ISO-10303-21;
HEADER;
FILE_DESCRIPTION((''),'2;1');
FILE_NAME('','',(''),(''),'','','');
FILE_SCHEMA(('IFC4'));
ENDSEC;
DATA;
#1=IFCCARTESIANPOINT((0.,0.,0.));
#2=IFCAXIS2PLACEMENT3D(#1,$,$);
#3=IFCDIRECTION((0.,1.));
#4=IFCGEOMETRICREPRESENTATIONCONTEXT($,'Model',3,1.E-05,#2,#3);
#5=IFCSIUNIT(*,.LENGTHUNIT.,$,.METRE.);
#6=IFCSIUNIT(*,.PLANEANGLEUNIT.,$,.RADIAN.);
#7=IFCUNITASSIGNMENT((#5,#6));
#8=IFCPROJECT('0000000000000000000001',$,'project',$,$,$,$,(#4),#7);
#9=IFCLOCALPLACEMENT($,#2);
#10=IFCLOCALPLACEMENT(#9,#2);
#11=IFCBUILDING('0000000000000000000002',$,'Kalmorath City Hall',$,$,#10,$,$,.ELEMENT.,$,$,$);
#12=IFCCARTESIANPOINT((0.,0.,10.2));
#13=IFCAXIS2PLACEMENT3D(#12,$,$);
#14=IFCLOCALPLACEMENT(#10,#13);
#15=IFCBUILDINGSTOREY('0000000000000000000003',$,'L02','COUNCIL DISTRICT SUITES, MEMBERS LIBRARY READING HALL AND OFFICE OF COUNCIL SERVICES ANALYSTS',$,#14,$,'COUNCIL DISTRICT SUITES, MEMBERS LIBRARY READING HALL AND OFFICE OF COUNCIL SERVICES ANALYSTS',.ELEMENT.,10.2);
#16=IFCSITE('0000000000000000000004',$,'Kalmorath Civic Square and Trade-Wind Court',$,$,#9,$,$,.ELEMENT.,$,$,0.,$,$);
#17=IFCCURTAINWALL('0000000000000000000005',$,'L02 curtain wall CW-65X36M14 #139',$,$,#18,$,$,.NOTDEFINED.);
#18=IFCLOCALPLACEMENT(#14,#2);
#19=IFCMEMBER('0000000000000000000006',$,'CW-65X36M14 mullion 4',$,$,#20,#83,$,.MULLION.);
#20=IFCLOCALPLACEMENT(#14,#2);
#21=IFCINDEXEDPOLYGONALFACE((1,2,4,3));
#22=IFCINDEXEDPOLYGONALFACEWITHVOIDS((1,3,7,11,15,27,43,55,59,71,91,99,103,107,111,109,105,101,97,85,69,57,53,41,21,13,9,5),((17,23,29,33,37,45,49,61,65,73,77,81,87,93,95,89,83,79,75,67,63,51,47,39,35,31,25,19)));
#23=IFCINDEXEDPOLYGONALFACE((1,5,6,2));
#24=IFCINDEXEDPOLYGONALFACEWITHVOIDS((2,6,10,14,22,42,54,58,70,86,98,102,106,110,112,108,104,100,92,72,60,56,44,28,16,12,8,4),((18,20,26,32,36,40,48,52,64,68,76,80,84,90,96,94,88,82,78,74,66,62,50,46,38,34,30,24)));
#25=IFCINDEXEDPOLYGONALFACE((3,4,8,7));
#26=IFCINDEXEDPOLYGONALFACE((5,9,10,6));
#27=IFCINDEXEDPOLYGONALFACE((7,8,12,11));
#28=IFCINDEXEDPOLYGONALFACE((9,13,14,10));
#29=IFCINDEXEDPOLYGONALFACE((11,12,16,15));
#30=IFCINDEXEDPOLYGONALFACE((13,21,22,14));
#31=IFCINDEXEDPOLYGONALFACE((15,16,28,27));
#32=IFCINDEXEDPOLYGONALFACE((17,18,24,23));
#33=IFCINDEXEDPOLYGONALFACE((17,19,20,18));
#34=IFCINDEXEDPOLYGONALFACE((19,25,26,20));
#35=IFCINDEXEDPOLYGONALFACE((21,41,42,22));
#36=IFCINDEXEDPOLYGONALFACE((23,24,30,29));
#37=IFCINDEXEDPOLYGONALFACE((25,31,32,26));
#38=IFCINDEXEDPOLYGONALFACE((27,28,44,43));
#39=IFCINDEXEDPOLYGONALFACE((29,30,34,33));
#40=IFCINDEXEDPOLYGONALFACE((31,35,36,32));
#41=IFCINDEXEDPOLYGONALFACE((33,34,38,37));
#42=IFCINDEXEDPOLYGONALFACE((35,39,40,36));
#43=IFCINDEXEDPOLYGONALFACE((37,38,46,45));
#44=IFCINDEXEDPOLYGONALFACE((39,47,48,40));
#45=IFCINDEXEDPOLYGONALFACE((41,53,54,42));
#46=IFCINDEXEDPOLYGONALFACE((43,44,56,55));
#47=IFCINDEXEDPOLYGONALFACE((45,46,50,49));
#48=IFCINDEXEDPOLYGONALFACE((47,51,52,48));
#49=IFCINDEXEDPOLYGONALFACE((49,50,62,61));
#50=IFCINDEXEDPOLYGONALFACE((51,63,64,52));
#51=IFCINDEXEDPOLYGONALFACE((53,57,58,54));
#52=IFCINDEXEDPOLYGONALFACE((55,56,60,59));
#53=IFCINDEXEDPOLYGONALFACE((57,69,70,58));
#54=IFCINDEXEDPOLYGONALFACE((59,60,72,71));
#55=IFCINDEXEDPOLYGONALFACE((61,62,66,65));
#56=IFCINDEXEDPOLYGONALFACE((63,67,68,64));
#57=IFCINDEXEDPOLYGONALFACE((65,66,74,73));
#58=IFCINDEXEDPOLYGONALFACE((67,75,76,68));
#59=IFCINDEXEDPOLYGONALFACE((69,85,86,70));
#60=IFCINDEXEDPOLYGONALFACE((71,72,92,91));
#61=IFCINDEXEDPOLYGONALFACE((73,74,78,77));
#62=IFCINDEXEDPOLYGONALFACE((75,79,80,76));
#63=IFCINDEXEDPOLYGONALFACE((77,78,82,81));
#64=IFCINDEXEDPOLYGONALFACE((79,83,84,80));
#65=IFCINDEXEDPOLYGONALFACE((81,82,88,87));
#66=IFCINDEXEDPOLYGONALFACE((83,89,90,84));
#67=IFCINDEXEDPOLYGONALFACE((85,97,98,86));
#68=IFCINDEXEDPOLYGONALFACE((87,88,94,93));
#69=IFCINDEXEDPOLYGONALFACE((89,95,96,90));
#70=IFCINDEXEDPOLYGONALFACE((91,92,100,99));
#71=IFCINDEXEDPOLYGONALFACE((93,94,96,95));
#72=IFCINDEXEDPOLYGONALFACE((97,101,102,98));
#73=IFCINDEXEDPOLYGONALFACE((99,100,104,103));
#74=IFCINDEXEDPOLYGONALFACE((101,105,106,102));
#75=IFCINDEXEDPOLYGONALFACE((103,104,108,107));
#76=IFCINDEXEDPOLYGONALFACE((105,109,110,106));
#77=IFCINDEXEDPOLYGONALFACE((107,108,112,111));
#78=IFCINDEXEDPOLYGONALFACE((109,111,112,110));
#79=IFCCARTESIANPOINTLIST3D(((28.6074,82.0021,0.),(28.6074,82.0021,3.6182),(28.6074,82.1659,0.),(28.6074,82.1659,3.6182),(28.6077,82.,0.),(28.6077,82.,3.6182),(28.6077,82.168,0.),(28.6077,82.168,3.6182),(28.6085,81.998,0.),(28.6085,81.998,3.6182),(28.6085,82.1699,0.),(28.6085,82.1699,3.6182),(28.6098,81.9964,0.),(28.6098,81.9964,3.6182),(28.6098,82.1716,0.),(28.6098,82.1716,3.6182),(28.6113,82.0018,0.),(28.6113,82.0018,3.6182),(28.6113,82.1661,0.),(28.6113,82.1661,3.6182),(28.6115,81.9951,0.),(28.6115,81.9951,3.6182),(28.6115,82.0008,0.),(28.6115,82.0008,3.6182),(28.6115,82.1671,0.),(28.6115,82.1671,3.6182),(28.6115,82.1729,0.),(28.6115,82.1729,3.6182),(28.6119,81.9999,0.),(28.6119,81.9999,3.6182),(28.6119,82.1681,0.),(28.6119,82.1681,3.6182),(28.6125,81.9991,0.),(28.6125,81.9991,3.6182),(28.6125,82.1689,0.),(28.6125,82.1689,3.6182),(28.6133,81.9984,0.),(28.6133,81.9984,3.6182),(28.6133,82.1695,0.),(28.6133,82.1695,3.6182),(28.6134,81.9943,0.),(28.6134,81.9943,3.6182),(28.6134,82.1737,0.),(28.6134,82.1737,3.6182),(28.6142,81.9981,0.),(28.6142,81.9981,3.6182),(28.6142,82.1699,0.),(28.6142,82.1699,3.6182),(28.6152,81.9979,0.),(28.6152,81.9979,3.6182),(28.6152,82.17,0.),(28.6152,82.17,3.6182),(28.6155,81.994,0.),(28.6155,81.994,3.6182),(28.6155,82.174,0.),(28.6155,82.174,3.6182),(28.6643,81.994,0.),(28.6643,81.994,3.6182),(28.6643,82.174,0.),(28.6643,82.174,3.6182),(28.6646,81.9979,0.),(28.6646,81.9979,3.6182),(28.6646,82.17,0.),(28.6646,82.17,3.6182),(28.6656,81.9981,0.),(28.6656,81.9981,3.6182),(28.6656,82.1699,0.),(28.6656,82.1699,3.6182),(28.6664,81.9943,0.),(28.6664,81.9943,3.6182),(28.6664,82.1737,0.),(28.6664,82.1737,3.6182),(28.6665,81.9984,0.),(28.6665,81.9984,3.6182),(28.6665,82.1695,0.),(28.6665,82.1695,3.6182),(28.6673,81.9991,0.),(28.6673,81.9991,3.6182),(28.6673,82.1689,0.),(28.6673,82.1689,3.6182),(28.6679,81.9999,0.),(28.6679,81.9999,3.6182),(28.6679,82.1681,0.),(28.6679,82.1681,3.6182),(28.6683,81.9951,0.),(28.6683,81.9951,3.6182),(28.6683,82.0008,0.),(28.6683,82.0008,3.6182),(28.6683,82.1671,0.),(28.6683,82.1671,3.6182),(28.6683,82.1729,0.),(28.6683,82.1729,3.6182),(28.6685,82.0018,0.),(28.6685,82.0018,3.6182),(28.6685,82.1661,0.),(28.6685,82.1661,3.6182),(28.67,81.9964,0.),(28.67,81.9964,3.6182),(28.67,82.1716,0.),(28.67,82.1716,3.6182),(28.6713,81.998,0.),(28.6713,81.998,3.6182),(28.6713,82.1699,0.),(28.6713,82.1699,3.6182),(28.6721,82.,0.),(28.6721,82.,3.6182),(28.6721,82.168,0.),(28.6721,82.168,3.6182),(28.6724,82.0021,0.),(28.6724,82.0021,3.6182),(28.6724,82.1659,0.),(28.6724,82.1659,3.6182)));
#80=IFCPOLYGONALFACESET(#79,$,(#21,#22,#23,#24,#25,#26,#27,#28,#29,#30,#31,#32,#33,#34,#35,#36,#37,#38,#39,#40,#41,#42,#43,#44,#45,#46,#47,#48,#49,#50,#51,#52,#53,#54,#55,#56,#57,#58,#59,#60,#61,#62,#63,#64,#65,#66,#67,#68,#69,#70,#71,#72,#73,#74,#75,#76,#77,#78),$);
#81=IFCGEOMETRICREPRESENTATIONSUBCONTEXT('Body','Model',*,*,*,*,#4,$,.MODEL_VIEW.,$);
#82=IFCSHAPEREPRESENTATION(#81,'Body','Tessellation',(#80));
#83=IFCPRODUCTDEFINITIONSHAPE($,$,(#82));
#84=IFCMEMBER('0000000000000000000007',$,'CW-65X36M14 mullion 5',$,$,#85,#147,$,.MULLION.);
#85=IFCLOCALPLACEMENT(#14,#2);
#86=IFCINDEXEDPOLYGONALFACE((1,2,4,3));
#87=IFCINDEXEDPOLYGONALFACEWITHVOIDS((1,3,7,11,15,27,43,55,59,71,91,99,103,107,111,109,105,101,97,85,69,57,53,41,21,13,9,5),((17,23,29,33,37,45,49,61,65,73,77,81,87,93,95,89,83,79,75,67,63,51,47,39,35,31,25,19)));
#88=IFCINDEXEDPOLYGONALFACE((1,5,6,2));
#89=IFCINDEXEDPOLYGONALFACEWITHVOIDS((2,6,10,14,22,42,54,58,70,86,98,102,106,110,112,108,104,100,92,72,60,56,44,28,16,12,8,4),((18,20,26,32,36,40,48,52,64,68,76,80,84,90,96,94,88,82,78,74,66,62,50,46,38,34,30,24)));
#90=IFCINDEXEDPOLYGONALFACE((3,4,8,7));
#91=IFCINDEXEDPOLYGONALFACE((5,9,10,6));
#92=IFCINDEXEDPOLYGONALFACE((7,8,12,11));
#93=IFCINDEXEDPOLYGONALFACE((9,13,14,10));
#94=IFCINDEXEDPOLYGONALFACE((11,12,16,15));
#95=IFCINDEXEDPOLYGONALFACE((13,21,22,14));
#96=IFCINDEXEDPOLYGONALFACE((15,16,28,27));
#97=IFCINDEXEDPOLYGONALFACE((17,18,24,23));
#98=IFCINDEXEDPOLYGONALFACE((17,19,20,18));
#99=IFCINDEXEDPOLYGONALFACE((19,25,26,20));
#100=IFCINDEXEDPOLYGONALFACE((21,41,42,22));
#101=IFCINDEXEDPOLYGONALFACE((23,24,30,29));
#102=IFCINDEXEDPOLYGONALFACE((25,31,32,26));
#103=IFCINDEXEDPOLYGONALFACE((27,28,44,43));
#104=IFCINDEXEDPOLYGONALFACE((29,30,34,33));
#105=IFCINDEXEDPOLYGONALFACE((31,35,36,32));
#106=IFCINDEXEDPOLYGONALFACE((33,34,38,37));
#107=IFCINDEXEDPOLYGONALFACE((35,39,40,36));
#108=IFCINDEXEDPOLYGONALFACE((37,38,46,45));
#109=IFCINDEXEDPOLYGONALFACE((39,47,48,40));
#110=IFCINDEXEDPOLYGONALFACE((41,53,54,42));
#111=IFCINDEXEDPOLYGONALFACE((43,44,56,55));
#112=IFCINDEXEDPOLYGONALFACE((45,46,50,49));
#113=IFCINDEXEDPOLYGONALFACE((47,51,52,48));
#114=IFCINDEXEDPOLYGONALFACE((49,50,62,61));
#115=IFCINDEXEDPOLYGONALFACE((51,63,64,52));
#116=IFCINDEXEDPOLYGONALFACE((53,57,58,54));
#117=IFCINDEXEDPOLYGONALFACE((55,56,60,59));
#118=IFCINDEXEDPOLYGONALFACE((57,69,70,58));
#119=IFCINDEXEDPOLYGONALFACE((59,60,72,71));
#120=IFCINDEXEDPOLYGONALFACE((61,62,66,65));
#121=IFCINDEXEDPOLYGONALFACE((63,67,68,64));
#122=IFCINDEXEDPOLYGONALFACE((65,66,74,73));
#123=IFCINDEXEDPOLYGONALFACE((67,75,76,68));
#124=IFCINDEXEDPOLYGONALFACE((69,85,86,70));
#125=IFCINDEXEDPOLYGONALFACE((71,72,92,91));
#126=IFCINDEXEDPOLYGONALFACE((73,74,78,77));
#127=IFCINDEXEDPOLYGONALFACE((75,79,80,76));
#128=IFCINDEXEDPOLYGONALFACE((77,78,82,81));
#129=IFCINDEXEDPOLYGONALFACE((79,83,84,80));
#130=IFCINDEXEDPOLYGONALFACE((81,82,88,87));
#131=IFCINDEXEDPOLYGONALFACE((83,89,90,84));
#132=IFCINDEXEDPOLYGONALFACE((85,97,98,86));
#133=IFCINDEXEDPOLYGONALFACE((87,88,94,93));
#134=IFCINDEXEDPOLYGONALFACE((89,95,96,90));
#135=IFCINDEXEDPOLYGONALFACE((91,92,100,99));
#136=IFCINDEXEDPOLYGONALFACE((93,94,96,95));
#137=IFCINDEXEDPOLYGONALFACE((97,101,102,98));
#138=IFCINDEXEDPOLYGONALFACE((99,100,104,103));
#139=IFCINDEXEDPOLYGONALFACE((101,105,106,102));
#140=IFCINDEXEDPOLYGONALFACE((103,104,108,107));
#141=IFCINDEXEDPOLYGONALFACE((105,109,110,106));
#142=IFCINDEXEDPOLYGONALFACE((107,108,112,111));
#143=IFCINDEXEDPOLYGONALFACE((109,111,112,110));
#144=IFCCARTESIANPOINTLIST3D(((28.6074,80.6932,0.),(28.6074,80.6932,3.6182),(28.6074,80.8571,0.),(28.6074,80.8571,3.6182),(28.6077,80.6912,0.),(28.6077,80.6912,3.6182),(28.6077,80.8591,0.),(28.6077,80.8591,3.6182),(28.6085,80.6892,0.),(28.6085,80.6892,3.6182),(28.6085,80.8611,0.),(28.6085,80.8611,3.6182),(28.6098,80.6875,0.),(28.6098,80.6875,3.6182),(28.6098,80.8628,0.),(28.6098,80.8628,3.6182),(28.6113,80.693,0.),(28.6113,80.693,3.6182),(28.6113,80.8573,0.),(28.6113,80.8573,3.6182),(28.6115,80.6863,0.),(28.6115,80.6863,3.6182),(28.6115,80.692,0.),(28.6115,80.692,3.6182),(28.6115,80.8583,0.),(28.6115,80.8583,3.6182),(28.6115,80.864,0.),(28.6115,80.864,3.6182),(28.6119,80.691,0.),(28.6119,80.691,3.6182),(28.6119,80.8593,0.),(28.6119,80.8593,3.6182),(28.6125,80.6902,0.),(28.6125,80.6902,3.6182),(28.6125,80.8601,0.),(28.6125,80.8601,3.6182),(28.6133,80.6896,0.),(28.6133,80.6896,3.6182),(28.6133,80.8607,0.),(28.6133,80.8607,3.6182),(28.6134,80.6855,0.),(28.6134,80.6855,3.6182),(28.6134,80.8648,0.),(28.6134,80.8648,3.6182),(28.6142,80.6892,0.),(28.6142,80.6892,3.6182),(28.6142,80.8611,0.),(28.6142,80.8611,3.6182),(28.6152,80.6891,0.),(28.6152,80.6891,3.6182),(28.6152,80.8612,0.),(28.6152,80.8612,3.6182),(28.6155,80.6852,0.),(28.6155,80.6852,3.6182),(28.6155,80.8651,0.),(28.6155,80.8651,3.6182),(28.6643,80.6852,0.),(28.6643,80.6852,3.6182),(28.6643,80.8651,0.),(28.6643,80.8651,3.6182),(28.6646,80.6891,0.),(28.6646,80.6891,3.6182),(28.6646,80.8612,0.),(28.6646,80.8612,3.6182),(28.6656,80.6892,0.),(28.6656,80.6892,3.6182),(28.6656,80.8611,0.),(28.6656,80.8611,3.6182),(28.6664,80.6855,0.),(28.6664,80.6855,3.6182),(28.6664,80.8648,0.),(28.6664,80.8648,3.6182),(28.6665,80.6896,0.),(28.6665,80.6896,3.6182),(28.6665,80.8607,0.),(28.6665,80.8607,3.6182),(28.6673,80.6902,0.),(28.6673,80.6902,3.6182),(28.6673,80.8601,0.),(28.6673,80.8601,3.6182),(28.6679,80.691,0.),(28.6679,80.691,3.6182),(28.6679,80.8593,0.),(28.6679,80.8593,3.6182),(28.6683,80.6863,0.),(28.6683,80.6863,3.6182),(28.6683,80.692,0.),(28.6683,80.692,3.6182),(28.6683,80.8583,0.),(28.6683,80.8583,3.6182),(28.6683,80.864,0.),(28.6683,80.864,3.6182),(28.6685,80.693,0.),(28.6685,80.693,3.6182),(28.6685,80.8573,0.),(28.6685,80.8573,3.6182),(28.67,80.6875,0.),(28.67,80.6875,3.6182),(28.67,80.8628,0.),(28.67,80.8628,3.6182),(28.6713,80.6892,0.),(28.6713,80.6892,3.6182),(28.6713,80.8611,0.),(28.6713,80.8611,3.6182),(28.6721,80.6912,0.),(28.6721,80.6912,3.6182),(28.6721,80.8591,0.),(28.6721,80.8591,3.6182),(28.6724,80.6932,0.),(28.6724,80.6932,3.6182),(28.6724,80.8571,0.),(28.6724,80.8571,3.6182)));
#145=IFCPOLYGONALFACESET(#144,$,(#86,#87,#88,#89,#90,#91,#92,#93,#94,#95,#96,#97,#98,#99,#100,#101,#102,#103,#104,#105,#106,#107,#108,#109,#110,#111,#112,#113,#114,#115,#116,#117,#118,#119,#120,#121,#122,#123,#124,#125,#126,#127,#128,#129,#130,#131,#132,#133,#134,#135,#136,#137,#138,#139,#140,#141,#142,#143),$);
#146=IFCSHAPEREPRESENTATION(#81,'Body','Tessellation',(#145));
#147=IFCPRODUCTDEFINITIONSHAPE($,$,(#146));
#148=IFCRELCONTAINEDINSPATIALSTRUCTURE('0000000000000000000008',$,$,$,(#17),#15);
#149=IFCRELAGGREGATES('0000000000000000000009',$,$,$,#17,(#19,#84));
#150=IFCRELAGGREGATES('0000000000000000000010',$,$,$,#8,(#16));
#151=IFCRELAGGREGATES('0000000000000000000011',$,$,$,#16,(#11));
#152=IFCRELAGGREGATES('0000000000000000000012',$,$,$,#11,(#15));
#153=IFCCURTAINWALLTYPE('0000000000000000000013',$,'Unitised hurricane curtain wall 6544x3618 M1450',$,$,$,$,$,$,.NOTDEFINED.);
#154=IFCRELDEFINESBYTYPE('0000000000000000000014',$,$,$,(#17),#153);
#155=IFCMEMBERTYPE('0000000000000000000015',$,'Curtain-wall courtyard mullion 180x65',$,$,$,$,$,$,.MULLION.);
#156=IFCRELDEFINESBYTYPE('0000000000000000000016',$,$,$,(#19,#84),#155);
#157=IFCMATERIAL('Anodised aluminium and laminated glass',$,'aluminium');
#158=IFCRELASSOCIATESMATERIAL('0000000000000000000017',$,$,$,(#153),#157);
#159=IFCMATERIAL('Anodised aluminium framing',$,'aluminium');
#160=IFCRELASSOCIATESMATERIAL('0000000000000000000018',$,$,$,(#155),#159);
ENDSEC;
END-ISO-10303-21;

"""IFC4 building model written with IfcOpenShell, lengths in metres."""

from ifc_helpers import new_model, si_unit, direction, frame, origin, origin_2d, place, context, subcontext, project, spatial, hollow_rectangle, extrude, material, material_profile, profile_set, type_object, element, aggregate, save


model = new_model("IFC4")

# Units and contexts
model_context = context("Model", 3, precision=1e-05, world=origin(), true_north=direction((0.0, 1.0)))
body_context = subcontext(model_context, "Body", "Model", "MODEL_VIEW")
ifc_project = project(units=[si_unit("LENGTHUNIT", "METRE"), si_unit("PLANEANGLEUNIT", "RADIAN")], contexts=[model_context])

# Site, building, storey
site_placement = place(None, origin())
site = spatial("IfcSite", under=ifc_project, at=site_placement, Name="Kalmorath Civic Square and Trade-Wind Court", CompositionType="ELEMENT", RefElevation=0.0)
building_placement = place(site_placement, origin())
building = spatial("IfcBuilding", under=site, at=building_placement, Name="Kalmorath City Hall", CompositionType="ELEMENT")
storey_placement = place(building_placement, frame((0.0, 0.0, 10.2)))
storey = spatial("IfcBuildingStorey", under=building, at=storey_placement, Name="L02", Description="COUNCIL DISTRICT SUITES, MEMBERS LIBRARY READING HALL AND OFFICE OF COUNCIL SERVICES ANALYSTS", LongName="COUNCIL DISTRICT SUITES, MEMBERS LIBRARY READING HALL AND OFFICE OF COUNCIL SERVICES ANALYSTS", CompositionType="ELEMENT", Elevation=10.2)

# Curtain wall, members
ifc_material_1 = material(Name="Anodised aluminium and laminated glass", Category="aluminium")
curtain_wall_type = type_object("IfcCurtainWallType", Name="Unitised hurricane curtain wall 6544x3618 M1450", PredefinedType="NOTDEFINED", material=ifc_material_1)
curtain_wall_placement = place(storey_placement, origin())
curtain_wall = element("IfcCurtainWall", 1, at=curtain_wall_placement, inside=storey, type_object=curtain_wall_type, Name="L02 curtain wall CW-65X36M14 #139", PredefinedType="NOTDEFINED")
ifc_material_2 = material(Name="Anodised aluminium framing", Category="aluminium")
ifc_material_profile_1 = material_profile(ifc_material_2, hollow_rectangle(XDim=0.0649, YDim=0.1799, WallThickness=0.0039, InnerFilletRadius=0.0039, OuterFilletRadius=0.0081, at=origin_2d()), Name="ALU-MUL-180X65X4")
ifc_profile_set_1 = profile_set([ifc_material_profile_1], Name="Anodised aluminium framing")
member_type_1 = type_object("IfcMemberType", Name="Curtain-wall courtyard mullion 180x65", PredefinedType="MULLION", material=ifc_profile_set_1)
member_1_placement = place(storey_placement, frame((28.6399, 82.084, 0.0), z_axis=(0.0, 0.0, 1.0), x_axis=(1.0, 0.0, 0.0)))
member_1 = element("IfcMember", 2, at=member_1_placement, type_object=member_type_1, Name="CW-65X36M14 mullion 4", PredefinedType="MULLION", context=body_context, shape_type="SweptSolid", body=[
    extrude(hollow_rectangle(XDim=0.0649, YDim=0.1799, WallThickness=0.0039, InnerFilletRadius=0.0039, OuterFilletRadius=0.0081, at=origin_2d()), origin(), (0.0, 0.0, 1.0), 3.6182),
])
member_2_placement = place(storey_placement, frame((28.6399, 80.7751, 0.0), z_axis=(0.0, 0.0, 1.0), x_axis=(1.0, 0.0, 0.0)))
member_2 = element("IfcMember", 3, at=member_2_placement, type_object=member_type_1, Name="CW-65X36M14 mullion 5", PredefinedType="MULLION", context=body_context, shape_type="SweptSolid", body=[
    extrude(hollow_rectangle(XDim=0.0649, YDim=0.1799, WallThickness=0.0039, InnerFilletRadius=0.0039, OuterFilletRadius=0.0081, at=origin_2d()), origin(), (0.0, 0.0, 1.0), 3.6182),
])

aggregate(curtain_wall, [member_1, member_2])

save(model, "model.ifc")
